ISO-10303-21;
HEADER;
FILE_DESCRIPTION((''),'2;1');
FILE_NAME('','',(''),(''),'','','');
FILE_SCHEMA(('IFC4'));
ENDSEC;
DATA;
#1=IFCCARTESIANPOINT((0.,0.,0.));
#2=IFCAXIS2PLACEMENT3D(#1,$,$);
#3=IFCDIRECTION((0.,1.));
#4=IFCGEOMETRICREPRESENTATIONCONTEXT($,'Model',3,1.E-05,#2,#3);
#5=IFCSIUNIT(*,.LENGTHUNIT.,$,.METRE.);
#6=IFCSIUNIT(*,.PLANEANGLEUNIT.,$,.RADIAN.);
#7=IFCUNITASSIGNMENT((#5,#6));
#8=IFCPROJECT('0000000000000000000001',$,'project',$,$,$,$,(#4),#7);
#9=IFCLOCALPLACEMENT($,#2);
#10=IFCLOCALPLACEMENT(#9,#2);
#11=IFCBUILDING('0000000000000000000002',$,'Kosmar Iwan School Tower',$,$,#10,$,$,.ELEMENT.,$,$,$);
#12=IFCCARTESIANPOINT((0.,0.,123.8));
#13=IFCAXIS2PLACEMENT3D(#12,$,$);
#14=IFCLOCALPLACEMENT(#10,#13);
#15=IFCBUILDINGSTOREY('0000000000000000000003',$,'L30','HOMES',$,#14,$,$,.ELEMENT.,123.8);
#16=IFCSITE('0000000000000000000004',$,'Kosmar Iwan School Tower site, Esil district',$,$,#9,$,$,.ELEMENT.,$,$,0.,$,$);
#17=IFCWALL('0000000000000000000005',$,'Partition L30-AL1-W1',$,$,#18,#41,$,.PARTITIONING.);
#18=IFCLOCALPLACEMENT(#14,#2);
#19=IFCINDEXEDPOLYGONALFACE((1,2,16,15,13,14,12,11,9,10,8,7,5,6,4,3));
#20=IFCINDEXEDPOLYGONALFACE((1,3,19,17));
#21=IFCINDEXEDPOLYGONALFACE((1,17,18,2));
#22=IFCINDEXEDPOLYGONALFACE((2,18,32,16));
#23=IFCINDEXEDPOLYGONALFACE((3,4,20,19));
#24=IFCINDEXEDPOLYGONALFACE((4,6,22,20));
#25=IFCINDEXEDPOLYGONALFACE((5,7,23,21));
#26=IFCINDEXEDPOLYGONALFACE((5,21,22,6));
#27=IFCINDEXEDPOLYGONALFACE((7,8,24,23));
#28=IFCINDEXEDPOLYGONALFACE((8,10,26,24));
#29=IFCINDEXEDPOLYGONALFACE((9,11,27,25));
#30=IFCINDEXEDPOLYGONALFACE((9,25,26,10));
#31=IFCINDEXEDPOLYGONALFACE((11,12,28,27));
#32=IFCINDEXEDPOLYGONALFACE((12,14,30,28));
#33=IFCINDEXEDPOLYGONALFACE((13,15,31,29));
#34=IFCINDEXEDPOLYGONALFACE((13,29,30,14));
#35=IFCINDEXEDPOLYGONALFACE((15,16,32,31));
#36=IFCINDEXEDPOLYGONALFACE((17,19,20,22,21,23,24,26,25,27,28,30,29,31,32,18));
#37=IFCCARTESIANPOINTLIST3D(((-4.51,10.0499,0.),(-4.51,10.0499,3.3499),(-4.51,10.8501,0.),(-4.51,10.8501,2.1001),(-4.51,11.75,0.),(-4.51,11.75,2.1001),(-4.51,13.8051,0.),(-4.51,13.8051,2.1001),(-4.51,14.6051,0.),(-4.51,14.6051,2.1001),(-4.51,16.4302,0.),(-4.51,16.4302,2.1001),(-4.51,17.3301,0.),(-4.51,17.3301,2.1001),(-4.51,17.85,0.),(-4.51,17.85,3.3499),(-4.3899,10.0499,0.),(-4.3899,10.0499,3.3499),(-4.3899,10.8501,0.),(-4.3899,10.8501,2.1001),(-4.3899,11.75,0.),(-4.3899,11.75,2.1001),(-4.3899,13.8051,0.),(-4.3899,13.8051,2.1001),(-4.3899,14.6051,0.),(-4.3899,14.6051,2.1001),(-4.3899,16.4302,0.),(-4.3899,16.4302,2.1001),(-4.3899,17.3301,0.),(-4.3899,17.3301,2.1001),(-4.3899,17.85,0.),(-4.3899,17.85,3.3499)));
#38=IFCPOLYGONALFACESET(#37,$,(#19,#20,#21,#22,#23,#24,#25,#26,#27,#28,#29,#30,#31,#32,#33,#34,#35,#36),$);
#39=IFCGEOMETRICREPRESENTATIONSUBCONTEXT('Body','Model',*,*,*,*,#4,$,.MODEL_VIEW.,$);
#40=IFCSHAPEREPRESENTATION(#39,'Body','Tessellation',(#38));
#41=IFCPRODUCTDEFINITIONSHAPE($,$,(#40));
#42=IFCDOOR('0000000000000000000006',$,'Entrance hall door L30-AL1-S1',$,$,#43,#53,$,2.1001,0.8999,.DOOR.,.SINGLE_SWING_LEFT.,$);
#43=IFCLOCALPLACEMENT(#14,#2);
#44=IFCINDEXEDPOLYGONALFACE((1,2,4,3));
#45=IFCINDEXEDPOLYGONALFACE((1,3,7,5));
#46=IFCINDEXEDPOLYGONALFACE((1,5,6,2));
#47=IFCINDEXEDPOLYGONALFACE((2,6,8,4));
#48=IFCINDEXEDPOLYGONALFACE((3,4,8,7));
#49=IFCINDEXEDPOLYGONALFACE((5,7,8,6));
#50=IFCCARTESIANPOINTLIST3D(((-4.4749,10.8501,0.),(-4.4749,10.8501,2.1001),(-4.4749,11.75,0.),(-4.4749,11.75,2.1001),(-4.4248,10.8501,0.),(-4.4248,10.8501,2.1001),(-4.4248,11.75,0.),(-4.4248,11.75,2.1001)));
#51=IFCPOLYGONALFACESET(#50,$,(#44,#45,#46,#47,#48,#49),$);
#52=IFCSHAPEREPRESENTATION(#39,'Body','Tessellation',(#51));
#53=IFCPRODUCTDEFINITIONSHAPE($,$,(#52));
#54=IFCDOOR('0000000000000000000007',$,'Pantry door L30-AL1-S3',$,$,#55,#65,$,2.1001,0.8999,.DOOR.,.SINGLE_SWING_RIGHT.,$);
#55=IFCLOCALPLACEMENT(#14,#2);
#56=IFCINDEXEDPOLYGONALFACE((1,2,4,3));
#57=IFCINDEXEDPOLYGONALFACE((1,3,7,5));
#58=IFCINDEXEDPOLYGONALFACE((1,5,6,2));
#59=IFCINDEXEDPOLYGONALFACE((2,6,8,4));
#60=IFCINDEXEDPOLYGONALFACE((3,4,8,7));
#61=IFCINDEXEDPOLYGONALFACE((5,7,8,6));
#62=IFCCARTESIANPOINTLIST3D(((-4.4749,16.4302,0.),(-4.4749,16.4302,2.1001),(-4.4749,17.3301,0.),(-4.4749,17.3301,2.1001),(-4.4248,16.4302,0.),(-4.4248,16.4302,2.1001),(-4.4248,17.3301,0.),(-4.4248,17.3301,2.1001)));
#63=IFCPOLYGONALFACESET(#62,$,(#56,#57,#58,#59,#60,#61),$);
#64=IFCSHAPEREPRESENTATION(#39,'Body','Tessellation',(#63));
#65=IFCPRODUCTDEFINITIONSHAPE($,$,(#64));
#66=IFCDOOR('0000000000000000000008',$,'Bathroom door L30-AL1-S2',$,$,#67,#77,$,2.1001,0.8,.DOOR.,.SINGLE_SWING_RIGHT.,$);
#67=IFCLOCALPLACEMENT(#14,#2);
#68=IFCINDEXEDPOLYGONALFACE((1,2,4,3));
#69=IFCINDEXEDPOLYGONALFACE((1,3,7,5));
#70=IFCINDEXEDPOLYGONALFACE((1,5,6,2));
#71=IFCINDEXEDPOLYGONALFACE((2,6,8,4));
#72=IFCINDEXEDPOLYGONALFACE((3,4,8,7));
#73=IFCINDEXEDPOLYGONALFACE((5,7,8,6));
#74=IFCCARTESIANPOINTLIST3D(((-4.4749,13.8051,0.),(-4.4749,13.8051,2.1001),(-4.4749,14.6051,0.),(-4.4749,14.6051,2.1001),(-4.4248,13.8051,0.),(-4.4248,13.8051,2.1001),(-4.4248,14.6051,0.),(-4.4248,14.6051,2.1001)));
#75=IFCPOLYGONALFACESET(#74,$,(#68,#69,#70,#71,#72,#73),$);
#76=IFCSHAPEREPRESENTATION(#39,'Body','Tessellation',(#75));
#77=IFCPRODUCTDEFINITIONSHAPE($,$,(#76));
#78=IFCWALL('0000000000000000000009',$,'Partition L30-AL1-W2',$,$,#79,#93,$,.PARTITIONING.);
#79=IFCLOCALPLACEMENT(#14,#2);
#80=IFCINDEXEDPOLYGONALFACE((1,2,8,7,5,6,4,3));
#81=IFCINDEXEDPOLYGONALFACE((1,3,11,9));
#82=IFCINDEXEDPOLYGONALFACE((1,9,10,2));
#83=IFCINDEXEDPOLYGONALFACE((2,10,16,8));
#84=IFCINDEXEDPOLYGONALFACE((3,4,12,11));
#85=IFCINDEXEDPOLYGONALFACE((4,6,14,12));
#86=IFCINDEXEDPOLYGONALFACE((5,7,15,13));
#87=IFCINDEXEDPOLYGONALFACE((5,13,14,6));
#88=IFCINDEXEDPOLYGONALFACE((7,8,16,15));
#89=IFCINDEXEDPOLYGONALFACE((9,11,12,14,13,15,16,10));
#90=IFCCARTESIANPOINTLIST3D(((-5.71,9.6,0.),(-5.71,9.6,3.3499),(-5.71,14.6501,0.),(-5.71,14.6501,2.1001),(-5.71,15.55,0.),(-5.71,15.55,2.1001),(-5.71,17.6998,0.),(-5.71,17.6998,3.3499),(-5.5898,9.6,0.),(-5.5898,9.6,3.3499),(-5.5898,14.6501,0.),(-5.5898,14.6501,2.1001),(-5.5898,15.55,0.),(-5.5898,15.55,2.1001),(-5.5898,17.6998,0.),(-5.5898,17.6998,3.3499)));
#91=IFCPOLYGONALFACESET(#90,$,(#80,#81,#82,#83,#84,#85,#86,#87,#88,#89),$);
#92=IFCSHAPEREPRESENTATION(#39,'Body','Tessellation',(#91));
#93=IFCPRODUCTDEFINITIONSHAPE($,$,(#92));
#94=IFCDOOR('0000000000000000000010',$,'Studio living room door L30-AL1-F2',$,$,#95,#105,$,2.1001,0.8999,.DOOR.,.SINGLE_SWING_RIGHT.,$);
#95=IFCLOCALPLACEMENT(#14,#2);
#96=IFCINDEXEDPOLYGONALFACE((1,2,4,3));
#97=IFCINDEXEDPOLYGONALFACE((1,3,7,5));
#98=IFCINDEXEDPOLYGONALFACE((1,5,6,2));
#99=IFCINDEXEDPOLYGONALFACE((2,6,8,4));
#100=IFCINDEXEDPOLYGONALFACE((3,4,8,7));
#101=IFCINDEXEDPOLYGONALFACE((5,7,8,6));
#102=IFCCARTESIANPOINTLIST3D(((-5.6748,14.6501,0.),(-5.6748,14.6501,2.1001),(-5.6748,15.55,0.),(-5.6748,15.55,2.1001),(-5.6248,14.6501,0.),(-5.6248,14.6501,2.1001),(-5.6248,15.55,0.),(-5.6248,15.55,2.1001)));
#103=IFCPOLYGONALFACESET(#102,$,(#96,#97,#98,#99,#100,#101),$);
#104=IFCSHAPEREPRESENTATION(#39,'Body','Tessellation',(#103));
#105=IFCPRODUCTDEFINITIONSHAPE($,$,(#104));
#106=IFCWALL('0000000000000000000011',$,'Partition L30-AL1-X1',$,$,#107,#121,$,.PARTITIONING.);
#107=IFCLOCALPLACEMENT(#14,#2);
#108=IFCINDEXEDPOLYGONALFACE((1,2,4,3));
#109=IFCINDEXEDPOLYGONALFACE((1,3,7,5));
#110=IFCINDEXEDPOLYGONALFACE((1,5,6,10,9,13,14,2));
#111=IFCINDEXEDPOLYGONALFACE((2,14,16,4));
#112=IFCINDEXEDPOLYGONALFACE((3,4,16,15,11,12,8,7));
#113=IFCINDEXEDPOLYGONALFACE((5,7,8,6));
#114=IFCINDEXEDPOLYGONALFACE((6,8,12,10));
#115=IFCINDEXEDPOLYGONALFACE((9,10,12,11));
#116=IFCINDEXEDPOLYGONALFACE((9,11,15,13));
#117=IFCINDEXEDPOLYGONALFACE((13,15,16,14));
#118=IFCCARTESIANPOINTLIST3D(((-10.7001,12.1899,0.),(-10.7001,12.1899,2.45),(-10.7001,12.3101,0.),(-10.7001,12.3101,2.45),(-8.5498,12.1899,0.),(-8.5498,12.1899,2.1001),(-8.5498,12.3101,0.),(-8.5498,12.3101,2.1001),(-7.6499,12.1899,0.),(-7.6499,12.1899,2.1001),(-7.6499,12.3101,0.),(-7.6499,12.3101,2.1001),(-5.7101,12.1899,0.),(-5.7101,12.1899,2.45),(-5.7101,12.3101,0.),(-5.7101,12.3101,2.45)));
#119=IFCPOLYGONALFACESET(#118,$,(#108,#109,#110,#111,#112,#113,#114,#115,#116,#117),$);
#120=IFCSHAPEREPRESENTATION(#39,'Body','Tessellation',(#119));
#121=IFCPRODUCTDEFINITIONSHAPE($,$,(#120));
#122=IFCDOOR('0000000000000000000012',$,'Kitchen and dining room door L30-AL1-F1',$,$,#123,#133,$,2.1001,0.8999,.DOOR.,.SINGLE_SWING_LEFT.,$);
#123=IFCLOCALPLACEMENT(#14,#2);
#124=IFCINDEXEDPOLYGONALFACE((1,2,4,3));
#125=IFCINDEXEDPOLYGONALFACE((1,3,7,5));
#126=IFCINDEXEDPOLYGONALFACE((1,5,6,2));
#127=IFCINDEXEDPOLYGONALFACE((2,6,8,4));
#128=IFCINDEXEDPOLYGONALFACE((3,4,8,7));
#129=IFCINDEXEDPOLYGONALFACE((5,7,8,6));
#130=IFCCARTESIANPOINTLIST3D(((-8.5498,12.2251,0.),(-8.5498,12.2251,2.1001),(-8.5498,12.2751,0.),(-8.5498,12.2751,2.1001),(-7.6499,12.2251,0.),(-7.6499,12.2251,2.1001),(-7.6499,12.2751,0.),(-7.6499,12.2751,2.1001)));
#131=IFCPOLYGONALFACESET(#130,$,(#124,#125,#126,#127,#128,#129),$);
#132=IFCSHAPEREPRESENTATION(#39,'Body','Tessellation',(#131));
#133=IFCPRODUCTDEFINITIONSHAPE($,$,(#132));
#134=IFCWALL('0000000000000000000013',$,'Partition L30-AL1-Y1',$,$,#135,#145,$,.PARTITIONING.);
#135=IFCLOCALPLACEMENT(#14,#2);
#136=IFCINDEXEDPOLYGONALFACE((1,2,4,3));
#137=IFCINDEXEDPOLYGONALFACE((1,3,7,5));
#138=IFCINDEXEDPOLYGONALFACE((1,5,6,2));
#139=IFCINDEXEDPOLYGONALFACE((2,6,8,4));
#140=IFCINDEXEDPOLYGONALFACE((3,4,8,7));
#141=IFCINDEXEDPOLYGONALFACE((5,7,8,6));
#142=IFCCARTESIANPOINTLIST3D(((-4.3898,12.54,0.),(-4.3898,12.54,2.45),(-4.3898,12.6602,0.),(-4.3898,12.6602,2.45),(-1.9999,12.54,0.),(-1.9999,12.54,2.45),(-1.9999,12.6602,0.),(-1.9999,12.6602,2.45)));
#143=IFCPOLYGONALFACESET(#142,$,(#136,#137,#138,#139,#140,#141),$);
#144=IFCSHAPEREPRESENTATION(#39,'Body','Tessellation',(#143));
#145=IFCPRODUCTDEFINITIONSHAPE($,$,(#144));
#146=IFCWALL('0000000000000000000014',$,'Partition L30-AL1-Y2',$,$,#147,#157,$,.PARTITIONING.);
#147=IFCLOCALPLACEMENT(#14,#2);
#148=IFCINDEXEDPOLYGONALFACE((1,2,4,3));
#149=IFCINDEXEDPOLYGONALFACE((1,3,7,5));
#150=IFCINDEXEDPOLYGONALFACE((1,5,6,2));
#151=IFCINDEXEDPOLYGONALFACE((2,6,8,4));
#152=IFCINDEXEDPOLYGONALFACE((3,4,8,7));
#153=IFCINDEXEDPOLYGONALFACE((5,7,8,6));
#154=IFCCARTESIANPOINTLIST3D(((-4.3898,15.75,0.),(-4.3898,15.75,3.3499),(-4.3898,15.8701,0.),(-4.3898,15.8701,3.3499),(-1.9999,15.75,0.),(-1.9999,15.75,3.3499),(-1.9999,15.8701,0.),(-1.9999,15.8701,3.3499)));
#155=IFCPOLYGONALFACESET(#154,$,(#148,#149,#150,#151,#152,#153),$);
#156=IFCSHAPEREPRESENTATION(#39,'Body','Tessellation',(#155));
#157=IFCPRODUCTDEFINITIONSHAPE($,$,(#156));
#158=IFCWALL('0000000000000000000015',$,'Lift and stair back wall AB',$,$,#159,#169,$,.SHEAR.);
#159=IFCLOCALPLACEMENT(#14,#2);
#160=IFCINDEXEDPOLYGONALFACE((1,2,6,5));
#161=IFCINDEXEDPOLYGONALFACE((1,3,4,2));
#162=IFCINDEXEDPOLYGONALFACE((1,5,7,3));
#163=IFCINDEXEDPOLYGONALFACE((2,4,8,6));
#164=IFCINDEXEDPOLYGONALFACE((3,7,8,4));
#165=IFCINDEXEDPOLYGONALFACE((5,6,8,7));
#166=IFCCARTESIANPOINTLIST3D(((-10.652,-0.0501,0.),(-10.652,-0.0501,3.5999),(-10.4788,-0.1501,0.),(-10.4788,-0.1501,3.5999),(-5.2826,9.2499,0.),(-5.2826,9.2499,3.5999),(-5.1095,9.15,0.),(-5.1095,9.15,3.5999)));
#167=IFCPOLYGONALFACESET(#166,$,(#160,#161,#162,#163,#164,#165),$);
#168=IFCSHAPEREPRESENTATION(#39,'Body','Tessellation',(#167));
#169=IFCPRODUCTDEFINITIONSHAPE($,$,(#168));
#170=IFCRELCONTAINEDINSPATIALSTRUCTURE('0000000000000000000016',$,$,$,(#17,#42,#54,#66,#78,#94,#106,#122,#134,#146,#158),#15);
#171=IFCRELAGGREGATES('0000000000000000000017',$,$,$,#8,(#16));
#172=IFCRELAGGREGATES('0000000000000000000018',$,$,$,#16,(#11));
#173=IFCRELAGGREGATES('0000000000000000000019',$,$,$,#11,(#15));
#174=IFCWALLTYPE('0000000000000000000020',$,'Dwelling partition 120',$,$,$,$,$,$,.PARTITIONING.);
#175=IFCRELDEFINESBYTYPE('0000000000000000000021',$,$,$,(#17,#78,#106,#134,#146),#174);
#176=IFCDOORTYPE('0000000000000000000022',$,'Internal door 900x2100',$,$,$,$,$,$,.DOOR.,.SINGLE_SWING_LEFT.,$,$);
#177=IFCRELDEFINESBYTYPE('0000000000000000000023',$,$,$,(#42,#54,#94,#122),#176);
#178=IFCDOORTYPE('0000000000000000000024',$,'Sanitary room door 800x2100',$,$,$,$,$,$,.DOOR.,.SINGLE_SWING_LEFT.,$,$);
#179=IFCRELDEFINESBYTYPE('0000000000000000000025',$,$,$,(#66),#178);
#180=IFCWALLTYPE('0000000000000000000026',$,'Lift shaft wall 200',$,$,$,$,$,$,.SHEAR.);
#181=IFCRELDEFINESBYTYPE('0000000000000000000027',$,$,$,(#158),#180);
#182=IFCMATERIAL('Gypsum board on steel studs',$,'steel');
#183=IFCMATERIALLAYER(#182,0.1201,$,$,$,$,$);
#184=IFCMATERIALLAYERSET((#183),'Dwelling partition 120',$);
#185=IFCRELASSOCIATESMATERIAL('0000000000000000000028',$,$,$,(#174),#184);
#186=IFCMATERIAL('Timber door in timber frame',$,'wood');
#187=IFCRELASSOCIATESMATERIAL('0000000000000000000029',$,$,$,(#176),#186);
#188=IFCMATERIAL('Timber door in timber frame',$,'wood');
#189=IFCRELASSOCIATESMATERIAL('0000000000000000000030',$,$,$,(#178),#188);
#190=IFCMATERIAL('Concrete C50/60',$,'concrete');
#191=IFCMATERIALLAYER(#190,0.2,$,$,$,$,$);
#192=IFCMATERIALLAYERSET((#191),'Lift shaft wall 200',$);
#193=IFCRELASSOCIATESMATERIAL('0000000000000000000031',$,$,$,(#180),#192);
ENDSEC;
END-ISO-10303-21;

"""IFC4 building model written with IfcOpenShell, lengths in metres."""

from ifc_helpers import new_model, si_unit, direction, frame, frame_2d, origin, place, context, subcontext, project, spatial, rectangle, extrude, material, layer, layer_set, type_object, element, fill, save


model = new_model("IFC4")

# Units and contexts
model_context = context("Model", 3, precision=1e-05, world=origin(), true_north=direction((0.0, 1.0)))
body_context = subcontext(model_context, "Body", "Model", "MODEL_VIEW")
ifc_project = project(units=[si_unit("LENGTHUNIT", "METRE"), si_unit("PLANEANGLEUNIT", "RADIAN")], contexts=[model_context])

# Site, building, storey
site_placement = place(None, origin())
site = spatial("IfcSite", under=ifc_project, at=site_placement, Name="Kosmar Iwan School Tower site, Esil district", CompositionType="ELEMENT", RefElevation=0.0)
building_placement = place(site_placement, origin())
building = spatial("IfcBuilding", under=site, at=building_placement, Name="Kosmar Iwan School Tower", CompositionType="ELEMENT")
storey_placement = place(building_placement, frame((0.0, 0.0, 123.8)))
storey = spatial("IfcBuildingStorey", under=building, at=storey_placement, Name="L30", Description="HOMES", CompositionType="ELEMENT", Elevation=123.8)

# Wall, openings, doors
ifc_material_1 = material(Name="Gypsum board on steel studs", Category="steel")
ifc_layer_1 = layer(ifc_material_1, 0.1201)
ifc_layer_set_1 = layer_set([ifc_layer_1], Name="Dwelling partition 120")
wall_type_1 = type_object("IfcWallType", Name="Dwelling partition 120", PredefinedType="PARTITIONING", material=ifc_layer_set_1)
wall_1_placement = place(storey_placement, frame((-4.45, 10.05, 0.0), z_axis=(0.0, 0.0, 1.0), x_axis=(0.0, 1.0, 0.0)))
wall_1 = element("IfcWall", 1, at=wall_1_placement, inside=storey, type_object=wall_type_1, Name="Partition L30-AL1-W1", PredefinedType="PARTITIONING", context=body_context, shape_type="SweptSolid", body=[
    extrude(rectangle(XDim=7.8, YDim=0.1201, at=frame_2d((3.8999, 0.0))), origin(), (0.0, 0.0, 1.0), 3.3499),
])
opening_1_placement = place(wall_1_placement, frame((0.8, 0.0, 0.0)))
opening_1 = element("IfcOpeningElement", 2, at=opening_1_placement, cuts=wall_1, PredefinedType="OPENING", context=body_context, shape_type="SweptSolid", body=[
    extrude(rectangle(XDim=0.8999, YDim=2.1001, at=frame_2d((0.45, 1.05))), frame((0.0, 0.072, 0.0), z_axis=(0.0, -1.0, 0.0), x_axis=(1.0, 0.0, 0.0)), (0.0, 0.0, 1.0), 0.144),
])
opening_2_placement = place(wall_1_placement, frame((3.7551, 0.0, 0.0)))
opening_2 = element("IfcOpeningElement", 3, at=opening_2_placement, cuts=wall_1, PredefinedType="OPENING", context=body_context, shape_type="SweptSolid", body=[
    extrude(rectangle(XDim=0.8, YDim=2.1001, at=frame_2d((0.3999, 1.05))), frame((0.0, 0.072, 0.0), z_axis=(0.0, -1.0, 0.0), x_axis=(1.0, 0.0, 0.0)), (0.0, 0.0, 1.0), 0.144),
])
opening_3_placement = place(wall_1_placement, frame((6.3801, 0.0, 0.0)))
opening_3 = element("IfcOpeningElement", 4, at=opening_3_placement, cuts=wall_1, PredefinedType="OPENING", context=body_context, shape_type="SweptSolid", body=[
    extrude(rectangle(XDim=0.8999, YDim=2.1001, at=frame_2d((0.45, 1.05))), frame((0.0, 0.072, 0.0), z_axis=(0.0, -1.0, 0.0), x_axis=(1.0, 0.0, 0.0)), (0.0, 0.0, 1.0), 0.144),
])
ifc_material_2 = material(Name="Timber door in timber frame", Category="wood")
door_type_1 = type_object("IfcDoorType", Name="Internal door 900x2100", OperationType="SINGLE_SWING_LEFT", PredefinedType="DOOR", material=ifc_material_2)
door_1_placement = place(opening_1_placement, origin())
door_1 = element("IfcDoor", 5, at=door_1_placement, inside=storey, type_object=door_type_1, Name="Entrance hall door L30-AL1-S1", OperationType="SINGLE_SWING_LEFT", OverallHeight=2.1001, OverallWidth=0.8999, PredefinedType="DOOR", context=body_context, shape_type="SweptSolid", body=[
    extrude(rectangle(XDim=0.8999, YDim=2.1001, at=frame_2d((0.45, 1.05))), frame((0.0, 0.0249, 0.0), z_axis=(0.0, -1.0, 0.0), x_axis=(1.0, 0.0, 0.0)), (0.0, 0.0, 1.0), 0.05),
])
fill(opening_1, door_1)
door_2_placement = place(opening_3_placement, origin())
door_2 = element("IfcDoor", 6, at=door_2_placement, inside=storey, type_object=door_type_1, Name="Pantry door L30-AL1-S3", OperationType="SINGLE_SWING_RIGHT", OverallHeight=2.1001, OverallWidth=0.8999, PredefinedType="DOOR", context=body_context, shape_type="SweptSolid", body=[
    extrude(rectangle(XDim=0.8999, YDim=2.1001, at=frame_2d((0.45, 1.05))), frame((0.0, 0.0249, 0.0), z_axis=(0.0, -1.0, 0.0), x_axis=(1.0, 0.0, 0.0)), (0.0, 0.0, 1.0), 0.05),
])
fill(opening_3, door_2)
ifc_material_3 = material(Name="Timber door in timber frame", Category="wood")
door_type_2 = type_object("IfcDoorType", Name="Sanitary room door 800x2100", OperationType="SINGLE_SWING_LEFT", PredefinedType="DOOR", material=ifc_material_3)
door_3_placement = place(opening_2_placement, origin())
door_3 = element("IfcDoor", 7, at=door_3_placement, inside=storey, type_object=door_type_2, Name="Bathroom door L30-AL1-S2", OperationType="SINGLE_SWING_RIGHT", OverallHeight=2.1001, OverallWidth=0.8, PredefinedType="DOOR", context=body_context, shape_type="SweptSolid", body=[
    extrude(rectangle(XDim=0.8, YDim=2.1001, at=frame_2d((0.3999, 1.05))), frame((0.0, 0.0249, 0.0), z_axis=(0.0, -1.0, 0.0), x_axis=(1.0, 0.0, 0.0)), (0.0, 0.0, 1.0), 0.05),
])
fill(opening_2, door_3)

# Walls, openings, doors
wall_2_placement = place(storey_placement, frame((-5.6499, 9.6001, 0.0), z_axis=(0.0, 0.0, 1.0), x_axis=(0.0, 1.0, 0.0)))
wall_2 = element("IfcWall", 8, at=wall_2_placement, inside=storey, type_object=wall_type_1, Name="Partition L30-AL1-W2", PredefinedType="PARTITIONING", context=body_context, shape_type="SweptSolid", body=[
    extrude(rectangle(XDim=8.0999, YDim=0.1201, at=frame_2d((4.0498, 0.0))), origin(), (0.0, 0.0, 1.0), 3.3499),
])
opening_4_placement = place(wall_2_placement, frame((5.05, 0.0, 0.0)))
opening_4 = element("IfcOpeningElement", 9, at=opening_4_placement, cuts=wall_2, PredefinedType="OPENING", context=body_context, shape_type="SweptSolid", body=[
    extrude(rectangle(XDim=0.8999, YDim=2.1001, at=frame_2d((0.45, 1.05))), frame((0.0, 0.072, 0.0), z_axis=(0.0, -1.0, 0.0), x_axis=(1.0, 0.0, 0.0)), (0.0, 0.0, 1.0), 0.144),
])
door_4_placement = place(opening_4_placement, origin())
door_4 = element("IfcDoor", 10, at=door_4_placement, inside=storey, type_object=door_type_1, Name="Studio living room door L30-AL1-F2", OperationType="SINGLE_SWING_RIGHT", OverallHeight=2.1001, OverallWidth=0.8999, PredefinedType="DOOR", context=body_context, shape_type="SweptSolid", body=[
    extrude(rectangle(XDim=0.8999, YDim=2.1001, at=frame_2d((0.45, 1.05))), frame((0.0, 0.0249, 0.0), z_axis=(0.0, -1.0, 0.0), x_axis=(1.0, 0.0, 0.0)), (0.0, 0.0, 1.0), 0.05),
])
fill(opening_4, door_4)
wall_3_placement = place(storey_placement, frame((-5.71, 12.25, 0.0), z_axis=(0.0, 0.0, 1.0), x_axis=(-1.0, 0.0, 0.0)))
wall_3 = element("IfcWall", 11, at=wall_3_placement, inside=storey, type_object=wall_type_1, Name="Partition L30-AL1-X1", PredefinedType="PARTITIONING", context=body_context, shape_type="SweptSolid", body=[
    extrude(rectangle(XDim=4.99, YDim=0.1201, at=frame_2d((2.4951, 0.0))), origin(), (0.0, 0.0, 1.0), 2.45),
])
opening_5_placement = place(wall_3_placement, frame((1.9399, 0.0, 0.0)))
opening_5 = element("IfcOpeningElement", 12, at=opening_5_placement, cuts=wall_3, PredefinedType="OPENING", context=body_context, shape_type="SweptSolid", body=[
    extrude(rectangle(XDim=0.8999, YDim=2.1001, at=frame_2d((0.45, 1.05))), frame((0.0, 0.072, 0.0), z_axis=(0.0, -1.0, 0.0), x_axis=(1.0, 0.0, 0.0)), (0.0, 0.0, 1.0), 0.144),
])
door_5_placement = place(opening_5_placement, origin())
door_5 = element("IfcDoor", 13, at=door_5_placement, inside=storey, type_object=door_type_1, Name="Kitchen and dining room door L30-AL1-F1", OperationType="SINGLE_SWING_LEFT", OverallHeight=2.1001, OverallWidth=0.8999, PredefinedType="DOOR", context=body_context, shape_type="SweptSolid", body=[
    extrude(rectangle(XDim=0.8999, YDim=2.1001, at=frame_2d((0.45, 1.05))), frame((0.0, 0.0249, 0.0), z_axis=(0.0, -1.0, 0.0), x_axis=(1.0, 0.0, 0.0)), (0.0, 0.0, 1.0), 0.05),
])
fill(opening_5, door_5)

# Walls
wall_4_placement = place(storey_placement, frame((-2.0, 12.6001, 0.0), z_axis=(0.0, 0.0, 1.0), x_axis=(-1.0, 0.0, 0.0)))
element("IfcWall", 14, at=wall_4_placement, inside=storey, type_object=wall_type_1, Name="Partition L30-AL1-Y1", PredefinedType="PARTITIONING", context=body_context, shape_type="SweptSolid", body=[
    extrude(rectangle(XDim=2.3899, YDim=0.1201, at=frame_2d((1.1948, 0.0))), origin(), (0.0, 0.0, 1.0), 2.45),
])
wall_5_placement = place(storey_placement, frame((-2.0, 15.8101, 0.0), z_axis=(0.0, 0.0, 1.0), x_axis=(-1.0, 0.0, 0.0)))
element("IfcWall", 15, at=wall_5_placement, inside=storey, type_object=wall_type_1, Name="Partition L30-AL1-Y2", PredefinedType="PARTITIONING", context=body_context, shape_type="SweptSolid", body=[
    extrude(rectangle(XDim=2.3899, YDim=0.1201, at=frame_2d((1.1948, 0.0))), origin(), (0.0, 0.0, 1.0), 3.3499),
])
ifc_material_4 = material(Name="Concrete C50/60", Category="concrete")
ifc_layer_2 = layer(ifc_material_4, 0.2)
ifc_layer_set_2 = layer_set([ifc_layer_2], Name="Lift shaft wall 200")
wall_type_2 = type_object("IfcWallType", Name="Lift shaft wall 200", PredefinedType="SHEAR", material=ifc_layer_set_2)
wall_6_placement = place(storey_placement, frame((-5.196, 9.2, 0.0), z_axis=(0.0, 0.0, 1.0), x_axis=(-0.5, -0.866025, 0.0)))
element("IfcWall", 16, at=wall_6_placement, inside=storey, type_object=wall_type_2, Name="Lift and stair back wall AB", PredefinedType="SHEAR", context=body_context, shape_type="SweptSolid", body=[
    extrude(rectangle(XDim=10.7388, YDim=0.2, at=frame_2d((5.3694, 0.0))), origin(), (0.0, 0.0, 1.0), 3.5999),
])

save(model, "model.ifc")
